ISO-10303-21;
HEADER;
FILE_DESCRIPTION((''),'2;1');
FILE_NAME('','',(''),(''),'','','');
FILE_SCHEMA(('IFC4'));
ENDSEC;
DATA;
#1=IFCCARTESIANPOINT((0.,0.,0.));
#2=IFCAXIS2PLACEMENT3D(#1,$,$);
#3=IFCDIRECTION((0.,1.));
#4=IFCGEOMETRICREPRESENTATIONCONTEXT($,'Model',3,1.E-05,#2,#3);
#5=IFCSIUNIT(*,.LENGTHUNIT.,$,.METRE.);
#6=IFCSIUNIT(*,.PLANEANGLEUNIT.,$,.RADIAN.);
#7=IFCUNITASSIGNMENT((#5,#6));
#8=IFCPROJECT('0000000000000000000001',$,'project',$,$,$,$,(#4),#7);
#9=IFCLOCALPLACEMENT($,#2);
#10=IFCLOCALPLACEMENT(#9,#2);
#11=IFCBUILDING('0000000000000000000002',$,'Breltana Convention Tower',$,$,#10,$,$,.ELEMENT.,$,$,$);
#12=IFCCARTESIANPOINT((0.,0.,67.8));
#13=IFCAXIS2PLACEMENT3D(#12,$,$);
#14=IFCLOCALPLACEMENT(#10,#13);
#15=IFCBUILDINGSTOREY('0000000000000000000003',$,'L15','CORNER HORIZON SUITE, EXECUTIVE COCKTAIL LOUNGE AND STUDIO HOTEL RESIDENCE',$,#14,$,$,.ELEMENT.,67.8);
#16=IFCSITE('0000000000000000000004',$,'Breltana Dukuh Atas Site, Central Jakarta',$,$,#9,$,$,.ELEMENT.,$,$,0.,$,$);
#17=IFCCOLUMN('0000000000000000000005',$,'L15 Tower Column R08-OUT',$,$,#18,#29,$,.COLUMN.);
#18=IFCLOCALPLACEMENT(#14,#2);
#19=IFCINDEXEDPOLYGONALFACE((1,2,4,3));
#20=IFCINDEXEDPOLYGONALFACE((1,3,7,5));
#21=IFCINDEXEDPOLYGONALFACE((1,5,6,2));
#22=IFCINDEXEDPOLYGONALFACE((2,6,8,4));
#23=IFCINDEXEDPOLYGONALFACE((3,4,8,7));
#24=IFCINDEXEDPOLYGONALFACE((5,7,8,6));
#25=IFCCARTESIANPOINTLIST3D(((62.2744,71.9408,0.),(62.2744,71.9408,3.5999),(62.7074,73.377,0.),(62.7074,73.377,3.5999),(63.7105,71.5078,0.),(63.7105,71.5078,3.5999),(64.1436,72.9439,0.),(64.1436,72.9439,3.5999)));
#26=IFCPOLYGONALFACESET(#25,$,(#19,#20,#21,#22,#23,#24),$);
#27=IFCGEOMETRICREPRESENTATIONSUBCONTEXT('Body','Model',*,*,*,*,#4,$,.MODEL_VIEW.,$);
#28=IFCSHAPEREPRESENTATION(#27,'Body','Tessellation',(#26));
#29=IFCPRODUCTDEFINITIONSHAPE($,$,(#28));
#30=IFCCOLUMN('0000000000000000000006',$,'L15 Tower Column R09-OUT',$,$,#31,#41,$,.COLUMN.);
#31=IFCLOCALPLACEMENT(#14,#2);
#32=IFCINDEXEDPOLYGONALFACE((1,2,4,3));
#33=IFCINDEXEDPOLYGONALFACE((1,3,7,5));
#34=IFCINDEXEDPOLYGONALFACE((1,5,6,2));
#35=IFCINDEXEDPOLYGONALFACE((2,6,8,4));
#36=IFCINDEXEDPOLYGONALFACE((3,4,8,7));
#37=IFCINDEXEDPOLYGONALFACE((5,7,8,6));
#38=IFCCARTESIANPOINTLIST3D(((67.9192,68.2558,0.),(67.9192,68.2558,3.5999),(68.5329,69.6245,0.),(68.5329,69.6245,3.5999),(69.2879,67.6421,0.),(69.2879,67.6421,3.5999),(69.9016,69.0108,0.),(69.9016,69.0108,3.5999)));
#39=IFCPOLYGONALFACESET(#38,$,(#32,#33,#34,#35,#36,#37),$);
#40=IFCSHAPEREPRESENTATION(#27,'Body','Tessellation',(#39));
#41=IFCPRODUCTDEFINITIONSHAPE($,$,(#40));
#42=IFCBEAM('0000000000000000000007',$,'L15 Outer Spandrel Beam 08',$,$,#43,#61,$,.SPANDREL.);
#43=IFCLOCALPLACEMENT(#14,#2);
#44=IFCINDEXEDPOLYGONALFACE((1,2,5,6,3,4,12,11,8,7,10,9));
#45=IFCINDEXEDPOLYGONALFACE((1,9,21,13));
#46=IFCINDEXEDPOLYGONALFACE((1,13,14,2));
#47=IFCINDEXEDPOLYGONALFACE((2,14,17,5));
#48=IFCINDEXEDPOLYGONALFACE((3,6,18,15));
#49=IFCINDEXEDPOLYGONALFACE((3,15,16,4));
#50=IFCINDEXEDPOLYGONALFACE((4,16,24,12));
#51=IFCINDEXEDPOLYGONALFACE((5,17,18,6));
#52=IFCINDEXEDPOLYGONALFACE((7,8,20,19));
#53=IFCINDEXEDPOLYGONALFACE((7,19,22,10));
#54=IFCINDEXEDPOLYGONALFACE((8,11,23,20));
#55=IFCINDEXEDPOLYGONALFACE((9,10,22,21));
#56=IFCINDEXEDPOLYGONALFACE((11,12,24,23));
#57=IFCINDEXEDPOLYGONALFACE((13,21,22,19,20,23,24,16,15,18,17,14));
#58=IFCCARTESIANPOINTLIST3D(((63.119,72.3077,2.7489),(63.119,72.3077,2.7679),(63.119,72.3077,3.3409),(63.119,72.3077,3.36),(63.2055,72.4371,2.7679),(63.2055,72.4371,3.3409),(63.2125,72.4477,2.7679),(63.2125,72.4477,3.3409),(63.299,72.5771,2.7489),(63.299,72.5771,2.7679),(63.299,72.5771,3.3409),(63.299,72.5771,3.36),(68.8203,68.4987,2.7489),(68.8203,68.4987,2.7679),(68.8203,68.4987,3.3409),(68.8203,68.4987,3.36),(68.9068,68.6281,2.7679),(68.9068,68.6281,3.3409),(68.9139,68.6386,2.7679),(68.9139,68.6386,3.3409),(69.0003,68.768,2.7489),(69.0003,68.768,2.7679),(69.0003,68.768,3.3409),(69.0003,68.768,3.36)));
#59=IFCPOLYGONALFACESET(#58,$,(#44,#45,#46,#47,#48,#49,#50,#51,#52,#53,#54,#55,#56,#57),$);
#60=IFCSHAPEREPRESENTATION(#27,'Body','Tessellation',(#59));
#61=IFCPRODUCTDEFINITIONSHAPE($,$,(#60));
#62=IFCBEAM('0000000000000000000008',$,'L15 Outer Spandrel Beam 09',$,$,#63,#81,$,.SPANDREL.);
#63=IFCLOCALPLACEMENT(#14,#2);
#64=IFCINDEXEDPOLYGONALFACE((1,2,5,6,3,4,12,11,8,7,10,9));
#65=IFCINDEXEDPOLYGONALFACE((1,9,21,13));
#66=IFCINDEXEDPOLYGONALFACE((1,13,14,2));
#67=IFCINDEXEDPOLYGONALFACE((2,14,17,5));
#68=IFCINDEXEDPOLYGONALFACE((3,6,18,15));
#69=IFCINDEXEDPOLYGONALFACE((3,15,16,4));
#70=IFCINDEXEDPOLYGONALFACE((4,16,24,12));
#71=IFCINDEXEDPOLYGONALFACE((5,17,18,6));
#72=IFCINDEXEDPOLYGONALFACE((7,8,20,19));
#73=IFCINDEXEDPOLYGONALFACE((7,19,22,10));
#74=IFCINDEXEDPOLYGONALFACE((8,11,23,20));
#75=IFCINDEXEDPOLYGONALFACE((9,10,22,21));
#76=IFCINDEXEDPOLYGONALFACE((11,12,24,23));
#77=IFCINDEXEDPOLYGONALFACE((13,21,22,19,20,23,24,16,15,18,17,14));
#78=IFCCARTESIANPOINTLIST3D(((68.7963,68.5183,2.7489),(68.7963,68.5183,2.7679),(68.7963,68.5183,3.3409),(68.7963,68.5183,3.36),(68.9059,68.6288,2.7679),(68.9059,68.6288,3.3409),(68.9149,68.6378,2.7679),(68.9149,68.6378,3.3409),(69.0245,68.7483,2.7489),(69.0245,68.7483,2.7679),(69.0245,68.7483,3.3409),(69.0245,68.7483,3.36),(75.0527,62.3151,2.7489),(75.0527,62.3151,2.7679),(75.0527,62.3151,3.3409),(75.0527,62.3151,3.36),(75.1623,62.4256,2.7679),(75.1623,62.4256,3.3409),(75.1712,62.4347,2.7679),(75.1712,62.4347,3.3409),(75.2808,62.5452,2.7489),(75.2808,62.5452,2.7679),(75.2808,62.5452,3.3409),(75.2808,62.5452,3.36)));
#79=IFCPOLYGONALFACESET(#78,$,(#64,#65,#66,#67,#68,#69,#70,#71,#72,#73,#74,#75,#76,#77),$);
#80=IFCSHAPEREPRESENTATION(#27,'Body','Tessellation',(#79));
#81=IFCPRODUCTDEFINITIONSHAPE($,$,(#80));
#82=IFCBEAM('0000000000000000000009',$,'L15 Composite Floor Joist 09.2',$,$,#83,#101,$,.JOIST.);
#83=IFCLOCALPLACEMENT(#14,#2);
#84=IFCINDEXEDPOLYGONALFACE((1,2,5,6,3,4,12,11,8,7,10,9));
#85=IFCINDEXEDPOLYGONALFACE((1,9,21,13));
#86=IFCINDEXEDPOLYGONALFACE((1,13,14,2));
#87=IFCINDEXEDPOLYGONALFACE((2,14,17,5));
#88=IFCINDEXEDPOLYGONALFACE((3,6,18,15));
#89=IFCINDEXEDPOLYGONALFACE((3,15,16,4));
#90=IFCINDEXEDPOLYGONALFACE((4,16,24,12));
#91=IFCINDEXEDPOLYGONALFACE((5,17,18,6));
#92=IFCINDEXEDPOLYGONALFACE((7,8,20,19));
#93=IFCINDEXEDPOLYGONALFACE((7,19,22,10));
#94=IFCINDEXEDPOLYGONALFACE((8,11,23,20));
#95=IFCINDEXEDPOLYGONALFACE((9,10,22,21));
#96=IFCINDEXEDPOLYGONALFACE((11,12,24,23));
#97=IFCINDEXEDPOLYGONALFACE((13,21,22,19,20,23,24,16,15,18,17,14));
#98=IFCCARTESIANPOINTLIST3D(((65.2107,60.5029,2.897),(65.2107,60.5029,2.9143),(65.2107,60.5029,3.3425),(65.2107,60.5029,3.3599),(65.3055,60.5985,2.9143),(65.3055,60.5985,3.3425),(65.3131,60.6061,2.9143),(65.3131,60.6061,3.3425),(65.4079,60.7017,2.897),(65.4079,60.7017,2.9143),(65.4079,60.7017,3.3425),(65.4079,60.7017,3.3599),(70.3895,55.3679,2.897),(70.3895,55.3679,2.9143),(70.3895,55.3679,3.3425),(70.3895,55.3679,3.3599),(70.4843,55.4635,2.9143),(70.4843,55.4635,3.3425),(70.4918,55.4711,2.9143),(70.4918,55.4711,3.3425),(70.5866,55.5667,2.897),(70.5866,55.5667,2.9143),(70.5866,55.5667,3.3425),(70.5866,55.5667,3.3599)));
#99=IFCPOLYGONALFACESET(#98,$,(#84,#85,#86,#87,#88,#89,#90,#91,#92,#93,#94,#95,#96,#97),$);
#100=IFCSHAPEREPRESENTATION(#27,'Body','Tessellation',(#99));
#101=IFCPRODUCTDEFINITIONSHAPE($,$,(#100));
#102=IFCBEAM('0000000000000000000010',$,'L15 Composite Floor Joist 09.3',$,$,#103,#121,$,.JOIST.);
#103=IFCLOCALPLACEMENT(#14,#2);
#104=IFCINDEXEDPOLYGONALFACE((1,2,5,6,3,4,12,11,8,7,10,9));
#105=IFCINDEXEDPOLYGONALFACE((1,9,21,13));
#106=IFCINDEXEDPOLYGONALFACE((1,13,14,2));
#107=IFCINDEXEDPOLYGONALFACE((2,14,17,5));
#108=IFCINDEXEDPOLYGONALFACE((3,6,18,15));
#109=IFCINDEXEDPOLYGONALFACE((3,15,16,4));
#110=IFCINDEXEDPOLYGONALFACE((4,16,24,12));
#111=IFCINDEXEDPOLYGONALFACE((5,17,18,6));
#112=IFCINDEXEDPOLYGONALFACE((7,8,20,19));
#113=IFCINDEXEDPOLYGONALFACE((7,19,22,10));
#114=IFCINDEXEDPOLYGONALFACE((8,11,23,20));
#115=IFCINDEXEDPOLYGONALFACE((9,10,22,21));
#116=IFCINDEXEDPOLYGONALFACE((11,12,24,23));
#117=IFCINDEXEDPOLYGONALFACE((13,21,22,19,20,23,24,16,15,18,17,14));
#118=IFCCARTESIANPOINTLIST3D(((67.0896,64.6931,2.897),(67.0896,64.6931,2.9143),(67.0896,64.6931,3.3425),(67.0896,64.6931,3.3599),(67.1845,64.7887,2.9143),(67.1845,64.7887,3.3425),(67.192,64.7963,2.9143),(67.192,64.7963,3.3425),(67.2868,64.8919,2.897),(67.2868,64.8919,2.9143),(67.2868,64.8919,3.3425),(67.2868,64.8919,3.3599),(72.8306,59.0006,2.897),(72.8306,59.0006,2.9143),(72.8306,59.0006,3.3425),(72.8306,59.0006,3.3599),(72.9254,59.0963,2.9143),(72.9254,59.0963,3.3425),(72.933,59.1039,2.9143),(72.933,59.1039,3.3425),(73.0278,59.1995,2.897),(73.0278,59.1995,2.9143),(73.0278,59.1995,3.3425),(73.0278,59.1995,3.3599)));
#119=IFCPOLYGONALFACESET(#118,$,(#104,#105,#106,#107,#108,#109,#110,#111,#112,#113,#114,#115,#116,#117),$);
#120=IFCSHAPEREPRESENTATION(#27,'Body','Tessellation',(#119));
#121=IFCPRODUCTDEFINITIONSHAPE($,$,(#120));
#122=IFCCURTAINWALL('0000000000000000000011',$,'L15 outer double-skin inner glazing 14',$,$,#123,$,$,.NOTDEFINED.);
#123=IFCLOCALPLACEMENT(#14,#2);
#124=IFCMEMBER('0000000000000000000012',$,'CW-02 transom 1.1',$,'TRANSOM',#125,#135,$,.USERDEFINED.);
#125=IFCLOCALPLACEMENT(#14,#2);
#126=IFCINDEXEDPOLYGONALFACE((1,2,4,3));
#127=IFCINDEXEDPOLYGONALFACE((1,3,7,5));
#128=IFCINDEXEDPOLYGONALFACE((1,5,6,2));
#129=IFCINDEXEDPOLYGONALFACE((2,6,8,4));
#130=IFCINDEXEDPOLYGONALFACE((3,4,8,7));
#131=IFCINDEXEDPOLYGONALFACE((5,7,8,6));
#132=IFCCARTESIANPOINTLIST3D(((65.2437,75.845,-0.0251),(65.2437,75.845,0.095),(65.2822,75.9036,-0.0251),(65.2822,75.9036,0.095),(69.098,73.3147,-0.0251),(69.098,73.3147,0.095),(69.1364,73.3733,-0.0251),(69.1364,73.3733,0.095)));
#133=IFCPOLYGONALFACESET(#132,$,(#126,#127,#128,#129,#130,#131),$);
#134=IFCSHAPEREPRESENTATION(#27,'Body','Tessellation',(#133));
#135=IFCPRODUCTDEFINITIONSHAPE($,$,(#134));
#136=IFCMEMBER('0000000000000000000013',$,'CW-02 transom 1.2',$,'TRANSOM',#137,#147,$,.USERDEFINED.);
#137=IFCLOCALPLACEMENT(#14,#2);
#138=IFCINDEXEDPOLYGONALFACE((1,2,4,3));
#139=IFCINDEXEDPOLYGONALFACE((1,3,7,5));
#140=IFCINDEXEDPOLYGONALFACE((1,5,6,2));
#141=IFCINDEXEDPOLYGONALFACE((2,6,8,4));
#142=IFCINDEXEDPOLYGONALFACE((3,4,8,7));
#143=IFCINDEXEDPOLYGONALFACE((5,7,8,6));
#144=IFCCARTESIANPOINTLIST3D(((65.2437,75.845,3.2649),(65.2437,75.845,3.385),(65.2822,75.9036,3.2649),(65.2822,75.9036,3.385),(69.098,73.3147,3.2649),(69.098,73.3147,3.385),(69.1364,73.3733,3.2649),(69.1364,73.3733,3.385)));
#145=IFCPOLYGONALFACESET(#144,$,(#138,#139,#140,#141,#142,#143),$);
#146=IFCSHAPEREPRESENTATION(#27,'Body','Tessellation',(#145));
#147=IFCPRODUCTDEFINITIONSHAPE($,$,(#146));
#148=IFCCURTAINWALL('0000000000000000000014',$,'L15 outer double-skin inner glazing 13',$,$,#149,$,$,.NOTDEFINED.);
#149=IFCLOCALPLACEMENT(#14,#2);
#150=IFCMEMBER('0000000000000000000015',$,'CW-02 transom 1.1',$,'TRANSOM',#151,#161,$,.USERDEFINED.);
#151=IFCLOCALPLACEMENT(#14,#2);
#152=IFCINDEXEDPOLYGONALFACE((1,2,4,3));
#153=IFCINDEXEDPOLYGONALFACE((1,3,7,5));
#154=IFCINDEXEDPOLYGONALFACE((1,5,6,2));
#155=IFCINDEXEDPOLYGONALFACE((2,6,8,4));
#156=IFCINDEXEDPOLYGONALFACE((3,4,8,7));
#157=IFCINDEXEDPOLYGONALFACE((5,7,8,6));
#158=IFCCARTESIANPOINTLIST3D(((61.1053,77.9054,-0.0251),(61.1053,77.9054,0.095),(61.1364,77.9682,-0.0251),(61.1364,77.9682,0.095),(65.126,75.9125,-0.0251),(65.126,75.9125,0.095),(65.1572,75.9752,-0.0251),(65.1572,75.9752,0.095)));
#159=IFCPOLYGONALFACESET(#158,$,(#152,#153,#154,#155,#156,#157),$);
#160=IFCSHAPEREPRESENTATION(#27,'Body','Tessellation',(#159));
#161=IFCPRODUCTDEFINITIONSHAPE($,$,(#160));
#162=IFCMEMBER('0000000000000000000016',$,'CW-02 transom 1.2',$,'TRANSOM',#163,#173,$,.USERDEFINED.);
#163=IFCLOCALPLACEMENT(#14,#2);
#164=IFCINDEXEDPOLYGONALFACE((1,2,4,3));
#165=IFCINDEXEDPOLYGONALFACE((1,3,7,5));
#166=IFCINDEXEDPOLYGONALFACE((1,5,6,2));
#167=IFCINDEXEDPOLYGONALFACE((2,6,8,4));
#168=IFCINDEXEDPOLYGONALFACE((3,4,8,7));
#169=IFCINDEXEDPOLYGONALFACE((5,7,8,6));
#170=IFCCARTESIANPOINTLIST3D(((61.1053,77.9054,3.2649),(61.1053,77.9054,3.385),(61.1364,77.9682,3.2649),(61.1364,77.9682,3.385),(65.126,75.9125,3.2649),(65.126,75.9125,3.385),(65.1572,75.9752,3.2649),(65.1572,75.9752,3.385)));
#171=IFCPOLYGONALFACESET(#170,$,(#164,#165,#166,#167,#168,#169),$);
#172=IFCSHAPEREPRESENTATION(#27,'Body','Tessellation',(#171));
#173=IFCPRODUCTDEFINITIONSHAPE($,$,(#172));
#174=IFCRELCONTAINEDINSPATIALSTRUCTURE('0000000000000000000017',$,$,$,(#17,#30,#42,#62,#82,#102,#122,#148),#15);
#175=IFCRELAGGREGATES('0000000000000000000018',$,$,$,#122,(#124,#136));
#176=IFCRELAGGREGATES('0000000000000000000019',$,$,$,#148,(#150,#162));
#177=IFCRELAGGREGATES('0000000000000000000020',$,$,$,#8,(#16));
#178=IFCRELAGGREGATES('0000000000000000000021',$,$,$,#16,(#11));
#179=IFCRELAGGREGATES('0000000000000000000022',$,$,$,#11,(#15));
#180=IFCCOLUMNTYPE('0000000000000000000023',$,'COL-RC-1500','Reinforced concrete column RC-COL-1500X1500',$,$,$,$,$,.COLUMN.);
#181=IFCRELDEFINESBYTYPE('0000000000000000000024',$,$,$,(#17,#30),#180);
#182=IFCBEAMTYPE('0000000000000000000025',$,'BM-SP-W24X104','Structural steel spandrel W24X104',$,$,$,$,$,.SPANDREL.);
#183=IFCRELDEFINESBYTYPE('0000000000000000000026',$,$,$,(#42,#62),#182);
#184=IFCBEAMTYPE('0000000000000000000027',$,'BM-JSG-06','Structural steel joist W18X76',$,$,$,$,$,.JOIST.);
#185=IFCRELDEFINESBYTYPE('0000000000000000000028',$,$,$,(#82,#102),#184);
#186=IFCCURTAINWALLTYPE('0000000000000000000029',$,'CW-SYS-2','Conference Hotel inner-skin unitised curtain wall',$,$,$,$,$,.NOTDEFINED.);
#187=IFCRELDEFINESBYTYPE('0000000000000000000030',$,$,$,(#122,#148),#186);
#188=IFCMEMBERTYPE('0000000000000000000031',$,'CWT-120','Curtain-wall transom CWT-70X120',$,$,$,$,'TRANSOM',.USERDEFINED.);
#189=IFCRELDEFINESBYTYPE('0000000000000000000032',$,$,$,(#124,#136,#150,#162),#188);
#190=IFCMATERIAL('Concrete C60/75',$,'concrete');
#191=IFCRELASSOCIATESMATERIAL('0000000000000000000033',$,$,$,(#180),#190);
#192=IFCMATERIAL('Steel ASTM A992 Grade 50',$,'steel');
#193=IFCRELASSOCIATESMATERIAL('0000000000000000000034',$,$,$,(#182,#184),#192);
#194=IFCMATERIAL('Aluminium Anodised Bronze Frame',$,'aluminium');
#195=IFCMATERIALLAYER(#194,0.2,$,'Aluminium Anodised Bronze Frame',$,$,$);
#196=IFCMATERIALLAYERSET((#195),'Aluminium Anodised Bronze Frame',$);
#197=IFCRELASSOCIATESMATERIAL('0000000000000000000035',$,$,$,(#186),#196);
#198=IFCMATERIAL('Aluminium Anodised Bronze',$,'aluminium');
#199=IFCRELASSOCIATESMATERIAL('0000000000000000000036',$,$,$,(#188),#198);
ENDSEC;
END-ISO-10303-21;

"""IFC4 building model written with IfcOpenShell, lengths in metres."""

from ifc_helpers import new_model, si_unit, direction, frame, origin, origin_2d, place, context, subcontext, project, spatial, rectangle, i_section, extrude, source, transform, mapped, material, layer, layer_set, material_profile, profile_set, type_object, element, aggregate, save


model = new_model("IFC4")

# Units and contexts
model_context = context("Model", 3, precision=1e-05, world=origin(), true_north=direction((0.0, 1.0)))
body_context = subcontext(model_context, "Body", "Model", "MODEL_VIEW")
ifc_project = project(units=[si_unit("LENGTHUNIT", "METRE"), si_unit("PLANEANGLEUNIT", "RADIAN")], contexts=[model_context])

# Site, building, storey
site_placement = place(None, origin())
site = spatial("IfcSite", under=ifc_project, at=site_placement, Name="Breltana Dukuh Atas Site, Central Jakarta", CompositionType="ELEMENT", RefElevation=0.0)
building_placement = place(site_placement, origin())
building = spatial("IfcBuilding", under=site, at=building_placement, Name="Breltana Convention Tower", CompositionType="ELEMENT")
storey_placement = place(building_placement, frame((0.0, 0.0, 67.8)))
storey = spatial("IfcBuildingStorey", under=building, at=storey_placement, Name="L15", Description="CORNER HORIZON SUITE, EXECUTIVE COCKTAIL LOUNGE AND STUDIO HOTEL RESIDENCE", CompositionType="ELEMENT", Elevation=67.8)

# Columns
ifc_material_1 = material(Name="Concrete C60/75", Category="concrete")
ifc_material_profile_1 = material_profile(ifc_material_1, rectangle(XDim=1.5, YDim=1.5, at=origin_2d()), Name="RC-COL-1500X1500")
ifc_profile_set_1 = profile_set([ifc_material_profile_1], Name="Concrete C60/75")
column_type = type_object("IfcColumnType", Name="COL-RC-1500", Description="Reinforced concrete column RC-COL-1500X1500", PredefinedType="COLUMN", material=ifc_profile_set_1)
shared_shape_1 = source(origin(), body_context, "Body", "SweptSolid", [
    extrude(rectangle(XDim=1.5, YDim=1.5, at=origin_2d()), origin(), (0.0, 0.0, 1.0), 3.5999),
])
for number, where, z_axis, x_axis, name in (
    (1, (63.209, 72.4424, 0.0), (0.0, 0.0, 1.0), (0.288698, 0.95742, 0.0), "L15 Tower Column R08-OUT"),
    (2, (68.9104, 68.6333, 0.0), (0.0, 0.0, 1.0), (0.409127, 0.912477, 0.0), "L15 Tower Column R09-OUT"),
):
    element("IfcColumn", number, at=place(storey_placement, frame(where, z_axis=z_axis, x_axis=x_axis)), inside=storey, type_object=column_type, Name=name, PredefinedType="COLUMN", context=body_context, shape_type="MappedRepresentation", body=[
        mapped(shared_shape_1, transform((0.0, 0.0, 0.0), scale=1.0)),
    ])

# Beams
ifc_material_2 = material(Name="Steel ASTM A992 Grade 50", Category="steel")
ifc_material_profile_2 = material_profile(ifc_material_2, i_section(OverallWidth=0.324, OverallDepth=0.6111, WebThickness=0.0127, FlangeThickness=0.019, at=origin_2d()), Name="W24X104")
ifc_profile_set_2 = profile_set([ifc_material_profile_2], Name="Steel ASTM A992 Grade 50")
beam_type_1 = type_object("IfcBeamType", Name="BM-SP-W24X104", Description="Structural steel spandrel W24X104", PredefinedType="SPANDREL", material=ifc_profile_set_2)
shared_shape_2 = source(origin(), body_context, "Body", "SweptSolid", [
    extrude(i_section(OverallWidth=0.324, OverallDepth=0.6111, WebThickness=0.0127, FlangeThickness=0.019, at=origin_2d()), origin(), (0.0, 0.0, 1.0), 6.8567),
])
beam_1_placement = place(storey_placement, frame((63.209, 72.4424, 3.0544), z_axis=(0.831502, -0.555522, 0.0), x_axis=(0.555522, 0.831502, 0.0)))
element("IfcBeam", 3, at=beam_1_placement, inside=storey, type_object=beam_type_1, Name="L15 Outer Spandrel Beam 08", PredefinedType="SPANDREL", context=body_context, shape_type="MappedRepresentation", body=[
    mapped(shared_shape_2, transform((0.0, 0.0, 0.0), scale=1.0)),
])
shared_shape_3 = source(origin(), body_context, "Body", "SweptSolid", [
    extrude(i_section(OverallWidth=0.324, OverallDepth=0.6111, WebThickness=0.0127, FlangeThickness=0.019, at=origin_2d()), origin(), (0.0, 0.0, 1.0), 8.8103),
])
beam_2_placement = place(storey_placement, frame((68.9104, 68.6333, 3.0544), z_axis=(0.710121, -0.70408, 0.0), x_axis=(0.70408, 0.710121, 0.0)))
element("IfcBeam", 4, at=beam_2_placement, inside=storey, type_object=beam_type_1, Name="L15 Outer Spandrel Beam 09", PredefinedType="SPANDREL", context=body_context, shape_type="MappedRepresentation", body=[
    mapped(shared_shape_3, transform((0.0, 0.0, 0.0), scale=1.0)),
])
ifc_material_profile_3 = material_profile(ifc_material_2, i_section(OverallWidth=0.28, OverallDepth=0.4629, WebThickness=0.0107, FlangeThickness=0.0173, at=origin_2d()), Name="W18X76")
ifc_profile_set_3 = profile_set([ifc_material_profile_3], Name="Steel ASTM A992 Grade 50")
beam_type_2 = type_object("IfcBeamType", Name="BM-JSG-06", Description="Structural steel joist W18X76", PredefinedType="JOIST", material=ifc_profile_set_3)
shared_shape_4 = source(origin(), body_context, "Body", "SweptSolid", [
    extrude(i_section(OverallWidth=0.28, OverallDepth=0.4629, WebThickness=0.0107, FlangeThickness=0.0173, at=origin_2d()), origin(), (0.0, 0.0, 1.0), 7.293),
])
beam_3_placement = place(storey_placement, frame((65.3093, 60.6023, 3.1284), z_axis=(0.710097, -0.704104, 0.0), x_axis=(0.704104, 0.710097, 0.0)))
element("IfcBeam", 5, at=beam_3_placement, inside=storey, type_object=beam_type_2, Name="L15 Composite Floor Joist 09.2", PredefinedType="JOIST", context=body_context, shape_type="MappedRepresentation", body=[
    mapped(shared_shape_4, transform((0.0, 0.0, 0.0), scale=1.0)),
])
shared_shape_5 = source(origin(), body_context, "Body", "SweptSolid", [
    extrude(i_section(OverallWidth=0.28, OverallDepth=0.4629, WebThickness=0.0107, FlangeThickness=0.0173, at=origin_2d()), origin(), (0.0, 0.0, 1.0), 8.0847),
])
beam_4_placement = place(storey_placement, frame((67.1882, 64.7925, 3.1284), z_axis=(0.710105, -0.704096, 0.0), x_axis=(0.704096, 0.710105, 0.0)))
element("IfcBeam", 6, at=beam_4_placement, inside=storey, type_object=beam_type_2, Name="L15 Composite Floor Joist 09.3", PredefinedType="JOIST", context=body_context, shape_type="MappedRepresentation", body=[
    mapped(shared_shape_5, transform((0.0, 0.0, 0.0), scale=1.0)),
])

# Curtain walls, members
ifc_material_3 = material(Name="Aluminium Anodised Bronze Frame", Category="aluminium")
ifc_layer_1 = layer(ifc_material_3, 0.2, Name="Aluminium Anodised Bronze Frame")
ifc_layer_set_1 = layer_set([ifc_layer_1], Name="Aluminium Anodised Bronze Frame")
curtain_wall_type = type_object("IfcCurtainWallType", Name="CW-SYS-2", Description="Conference Hotel inner-skin unitised curtain wall", PredefinedType="NOTDEFINED", material=ifc_layer_set_1)
curtain_wall_1_placement = place(storey_placement, origin())
curtain_wall_1 = element("IfcCurtainWall", 7, at=curtain_wall_1_placement, inside=storey, type_object=curtain_wall_type, Name="L15 outer double-skin inner glazing 14", PredefinedType="NOTDEFINED")
ifc_material_4 = material(Name="Aluminium Anodised Bronze", Category="aluminium")
ifc_material_profile_4 = material_profile(ifc_material_4, rectangle(XDim=0.0701, YDim=0.1201, at=origin_2d()), Name="CWT-70X120")
ifc_profile_set_4 = profile_set([ifc_material_profile_4], Name="Aluminium Anodised Bronze")
member_type_1 = type_object("IfcMemberType", Name="CWT-120", Description="Curtain-wall transom CWT-70X120", ElementType="TRANSOM", PredefinedType="USERDEFINED", material=ifc_profile_set_4)
shared_shape_6 = source(origin(), body_context, "Body", "SweptSolid", [
    extrude(rectangle(XDim=0.0701, YDim=0.1201, at=origin_2d()), origin(), (0.0, 0.0, 1.0), 4.6106),
])
member_1_placement = place(storey_placement, frame((65.2629, 75.8743, 0.0349), z_axis=(0.835956, -0.548796, 0.0), x_axis=(0.548796, 0.835956, 0.0)))
member_1 = element("IfcMember", 8, at=member_1_placement, type_object=member_type_1, Name="CW-02 transom 1.1", ObjectType="TRANSOM", PredefinedType="USERDEFINED", context=body_context, shape_type="MappedRepresentation", body=[
    mapped(shared_shape_6, transform((0.0, 0.0, 0.0), scale=1.0)),
])
member_2_placement = place(storey_placement, frame((65.2629, 75.8743, 3.325), z_axis=(0.835956, -0.548796, 0.0), x_axis=(0.548796, 0.835956, 0.0)))
member_2 = element("IfcMember", 9, at=member_2_placement, type_object=member_type_1, Name="CW-02 transom 1.2", ObjectType="TRANSOM", PredefinedType="USERDEFINED", context=body_context, shape_type="MappedRepresentation", body=[
    mapped(shared_shape_6, transform((0.0, 0.0, 0.0), scale=1.0)),
])
curtain_wall_2_placement = place(storey_placement, origin())
curtain_wall_2 = element("IfcCurtainWall", 10, at=curtain_wall_2_placement, inside=storey, type_object=curtain_wall_type, Name="L15 outer double-skin inner glazing 13", PredefinedType="NOTDEFINED")
shared_shape_7 = source(origin(), body_context, "Body", "SweptSolid", [
    extrude(rectangle(XDim=0.0701, YDim=0.1201, at=origin_2d()), origin(), (0.0, 0.0, 1.0), 4.4875),
])
member_3_placement = place(storey_placement, frame((61.1208, 77.9368, 0.0349), z_axis=(0.895978, -0.444099, 0.0), x_axis=(0.444099, 0.895978, 0.0)))
member_3 = element("IfcMember", 11, at=member_3_placement, type_object=member_type_1, Name="CW-02 transom 1.1", ObjectType="TRANSOM", PredefinedType="USERDEFINED", context=body_context, shape_type="MappedRepresentation", body=[
    mapped(shared_shape_7, transform((0.0, 0.0, 0.0), scale=1.0)),
])
member_4_placement = place(storey_placement, frame((61.1208, 77.9368, 3.325), z_axis=(0.895978, -0.444099, 0.0), x_axis=(0.444099, 0.895978, 0.0)))
member_4 = element("IfcMember", 12, at=member_4_placement, type_object=member_type_1, Name="CW-02 transom 1.2", ObjectType="TRANSOM", PredefinedType="USERDEFINED", context=body_context, shape_type="MappedRepresentation", body=[
    mapped(shared_shape_7, transform((0.0, 0.0, 0.0), scale=1.0)),
])

aggregate(curtain_wall_1, [member_1, member_2])
aggregate(curtain_wall_2, [member_3, member_4])

save(model, "model.ifc")
